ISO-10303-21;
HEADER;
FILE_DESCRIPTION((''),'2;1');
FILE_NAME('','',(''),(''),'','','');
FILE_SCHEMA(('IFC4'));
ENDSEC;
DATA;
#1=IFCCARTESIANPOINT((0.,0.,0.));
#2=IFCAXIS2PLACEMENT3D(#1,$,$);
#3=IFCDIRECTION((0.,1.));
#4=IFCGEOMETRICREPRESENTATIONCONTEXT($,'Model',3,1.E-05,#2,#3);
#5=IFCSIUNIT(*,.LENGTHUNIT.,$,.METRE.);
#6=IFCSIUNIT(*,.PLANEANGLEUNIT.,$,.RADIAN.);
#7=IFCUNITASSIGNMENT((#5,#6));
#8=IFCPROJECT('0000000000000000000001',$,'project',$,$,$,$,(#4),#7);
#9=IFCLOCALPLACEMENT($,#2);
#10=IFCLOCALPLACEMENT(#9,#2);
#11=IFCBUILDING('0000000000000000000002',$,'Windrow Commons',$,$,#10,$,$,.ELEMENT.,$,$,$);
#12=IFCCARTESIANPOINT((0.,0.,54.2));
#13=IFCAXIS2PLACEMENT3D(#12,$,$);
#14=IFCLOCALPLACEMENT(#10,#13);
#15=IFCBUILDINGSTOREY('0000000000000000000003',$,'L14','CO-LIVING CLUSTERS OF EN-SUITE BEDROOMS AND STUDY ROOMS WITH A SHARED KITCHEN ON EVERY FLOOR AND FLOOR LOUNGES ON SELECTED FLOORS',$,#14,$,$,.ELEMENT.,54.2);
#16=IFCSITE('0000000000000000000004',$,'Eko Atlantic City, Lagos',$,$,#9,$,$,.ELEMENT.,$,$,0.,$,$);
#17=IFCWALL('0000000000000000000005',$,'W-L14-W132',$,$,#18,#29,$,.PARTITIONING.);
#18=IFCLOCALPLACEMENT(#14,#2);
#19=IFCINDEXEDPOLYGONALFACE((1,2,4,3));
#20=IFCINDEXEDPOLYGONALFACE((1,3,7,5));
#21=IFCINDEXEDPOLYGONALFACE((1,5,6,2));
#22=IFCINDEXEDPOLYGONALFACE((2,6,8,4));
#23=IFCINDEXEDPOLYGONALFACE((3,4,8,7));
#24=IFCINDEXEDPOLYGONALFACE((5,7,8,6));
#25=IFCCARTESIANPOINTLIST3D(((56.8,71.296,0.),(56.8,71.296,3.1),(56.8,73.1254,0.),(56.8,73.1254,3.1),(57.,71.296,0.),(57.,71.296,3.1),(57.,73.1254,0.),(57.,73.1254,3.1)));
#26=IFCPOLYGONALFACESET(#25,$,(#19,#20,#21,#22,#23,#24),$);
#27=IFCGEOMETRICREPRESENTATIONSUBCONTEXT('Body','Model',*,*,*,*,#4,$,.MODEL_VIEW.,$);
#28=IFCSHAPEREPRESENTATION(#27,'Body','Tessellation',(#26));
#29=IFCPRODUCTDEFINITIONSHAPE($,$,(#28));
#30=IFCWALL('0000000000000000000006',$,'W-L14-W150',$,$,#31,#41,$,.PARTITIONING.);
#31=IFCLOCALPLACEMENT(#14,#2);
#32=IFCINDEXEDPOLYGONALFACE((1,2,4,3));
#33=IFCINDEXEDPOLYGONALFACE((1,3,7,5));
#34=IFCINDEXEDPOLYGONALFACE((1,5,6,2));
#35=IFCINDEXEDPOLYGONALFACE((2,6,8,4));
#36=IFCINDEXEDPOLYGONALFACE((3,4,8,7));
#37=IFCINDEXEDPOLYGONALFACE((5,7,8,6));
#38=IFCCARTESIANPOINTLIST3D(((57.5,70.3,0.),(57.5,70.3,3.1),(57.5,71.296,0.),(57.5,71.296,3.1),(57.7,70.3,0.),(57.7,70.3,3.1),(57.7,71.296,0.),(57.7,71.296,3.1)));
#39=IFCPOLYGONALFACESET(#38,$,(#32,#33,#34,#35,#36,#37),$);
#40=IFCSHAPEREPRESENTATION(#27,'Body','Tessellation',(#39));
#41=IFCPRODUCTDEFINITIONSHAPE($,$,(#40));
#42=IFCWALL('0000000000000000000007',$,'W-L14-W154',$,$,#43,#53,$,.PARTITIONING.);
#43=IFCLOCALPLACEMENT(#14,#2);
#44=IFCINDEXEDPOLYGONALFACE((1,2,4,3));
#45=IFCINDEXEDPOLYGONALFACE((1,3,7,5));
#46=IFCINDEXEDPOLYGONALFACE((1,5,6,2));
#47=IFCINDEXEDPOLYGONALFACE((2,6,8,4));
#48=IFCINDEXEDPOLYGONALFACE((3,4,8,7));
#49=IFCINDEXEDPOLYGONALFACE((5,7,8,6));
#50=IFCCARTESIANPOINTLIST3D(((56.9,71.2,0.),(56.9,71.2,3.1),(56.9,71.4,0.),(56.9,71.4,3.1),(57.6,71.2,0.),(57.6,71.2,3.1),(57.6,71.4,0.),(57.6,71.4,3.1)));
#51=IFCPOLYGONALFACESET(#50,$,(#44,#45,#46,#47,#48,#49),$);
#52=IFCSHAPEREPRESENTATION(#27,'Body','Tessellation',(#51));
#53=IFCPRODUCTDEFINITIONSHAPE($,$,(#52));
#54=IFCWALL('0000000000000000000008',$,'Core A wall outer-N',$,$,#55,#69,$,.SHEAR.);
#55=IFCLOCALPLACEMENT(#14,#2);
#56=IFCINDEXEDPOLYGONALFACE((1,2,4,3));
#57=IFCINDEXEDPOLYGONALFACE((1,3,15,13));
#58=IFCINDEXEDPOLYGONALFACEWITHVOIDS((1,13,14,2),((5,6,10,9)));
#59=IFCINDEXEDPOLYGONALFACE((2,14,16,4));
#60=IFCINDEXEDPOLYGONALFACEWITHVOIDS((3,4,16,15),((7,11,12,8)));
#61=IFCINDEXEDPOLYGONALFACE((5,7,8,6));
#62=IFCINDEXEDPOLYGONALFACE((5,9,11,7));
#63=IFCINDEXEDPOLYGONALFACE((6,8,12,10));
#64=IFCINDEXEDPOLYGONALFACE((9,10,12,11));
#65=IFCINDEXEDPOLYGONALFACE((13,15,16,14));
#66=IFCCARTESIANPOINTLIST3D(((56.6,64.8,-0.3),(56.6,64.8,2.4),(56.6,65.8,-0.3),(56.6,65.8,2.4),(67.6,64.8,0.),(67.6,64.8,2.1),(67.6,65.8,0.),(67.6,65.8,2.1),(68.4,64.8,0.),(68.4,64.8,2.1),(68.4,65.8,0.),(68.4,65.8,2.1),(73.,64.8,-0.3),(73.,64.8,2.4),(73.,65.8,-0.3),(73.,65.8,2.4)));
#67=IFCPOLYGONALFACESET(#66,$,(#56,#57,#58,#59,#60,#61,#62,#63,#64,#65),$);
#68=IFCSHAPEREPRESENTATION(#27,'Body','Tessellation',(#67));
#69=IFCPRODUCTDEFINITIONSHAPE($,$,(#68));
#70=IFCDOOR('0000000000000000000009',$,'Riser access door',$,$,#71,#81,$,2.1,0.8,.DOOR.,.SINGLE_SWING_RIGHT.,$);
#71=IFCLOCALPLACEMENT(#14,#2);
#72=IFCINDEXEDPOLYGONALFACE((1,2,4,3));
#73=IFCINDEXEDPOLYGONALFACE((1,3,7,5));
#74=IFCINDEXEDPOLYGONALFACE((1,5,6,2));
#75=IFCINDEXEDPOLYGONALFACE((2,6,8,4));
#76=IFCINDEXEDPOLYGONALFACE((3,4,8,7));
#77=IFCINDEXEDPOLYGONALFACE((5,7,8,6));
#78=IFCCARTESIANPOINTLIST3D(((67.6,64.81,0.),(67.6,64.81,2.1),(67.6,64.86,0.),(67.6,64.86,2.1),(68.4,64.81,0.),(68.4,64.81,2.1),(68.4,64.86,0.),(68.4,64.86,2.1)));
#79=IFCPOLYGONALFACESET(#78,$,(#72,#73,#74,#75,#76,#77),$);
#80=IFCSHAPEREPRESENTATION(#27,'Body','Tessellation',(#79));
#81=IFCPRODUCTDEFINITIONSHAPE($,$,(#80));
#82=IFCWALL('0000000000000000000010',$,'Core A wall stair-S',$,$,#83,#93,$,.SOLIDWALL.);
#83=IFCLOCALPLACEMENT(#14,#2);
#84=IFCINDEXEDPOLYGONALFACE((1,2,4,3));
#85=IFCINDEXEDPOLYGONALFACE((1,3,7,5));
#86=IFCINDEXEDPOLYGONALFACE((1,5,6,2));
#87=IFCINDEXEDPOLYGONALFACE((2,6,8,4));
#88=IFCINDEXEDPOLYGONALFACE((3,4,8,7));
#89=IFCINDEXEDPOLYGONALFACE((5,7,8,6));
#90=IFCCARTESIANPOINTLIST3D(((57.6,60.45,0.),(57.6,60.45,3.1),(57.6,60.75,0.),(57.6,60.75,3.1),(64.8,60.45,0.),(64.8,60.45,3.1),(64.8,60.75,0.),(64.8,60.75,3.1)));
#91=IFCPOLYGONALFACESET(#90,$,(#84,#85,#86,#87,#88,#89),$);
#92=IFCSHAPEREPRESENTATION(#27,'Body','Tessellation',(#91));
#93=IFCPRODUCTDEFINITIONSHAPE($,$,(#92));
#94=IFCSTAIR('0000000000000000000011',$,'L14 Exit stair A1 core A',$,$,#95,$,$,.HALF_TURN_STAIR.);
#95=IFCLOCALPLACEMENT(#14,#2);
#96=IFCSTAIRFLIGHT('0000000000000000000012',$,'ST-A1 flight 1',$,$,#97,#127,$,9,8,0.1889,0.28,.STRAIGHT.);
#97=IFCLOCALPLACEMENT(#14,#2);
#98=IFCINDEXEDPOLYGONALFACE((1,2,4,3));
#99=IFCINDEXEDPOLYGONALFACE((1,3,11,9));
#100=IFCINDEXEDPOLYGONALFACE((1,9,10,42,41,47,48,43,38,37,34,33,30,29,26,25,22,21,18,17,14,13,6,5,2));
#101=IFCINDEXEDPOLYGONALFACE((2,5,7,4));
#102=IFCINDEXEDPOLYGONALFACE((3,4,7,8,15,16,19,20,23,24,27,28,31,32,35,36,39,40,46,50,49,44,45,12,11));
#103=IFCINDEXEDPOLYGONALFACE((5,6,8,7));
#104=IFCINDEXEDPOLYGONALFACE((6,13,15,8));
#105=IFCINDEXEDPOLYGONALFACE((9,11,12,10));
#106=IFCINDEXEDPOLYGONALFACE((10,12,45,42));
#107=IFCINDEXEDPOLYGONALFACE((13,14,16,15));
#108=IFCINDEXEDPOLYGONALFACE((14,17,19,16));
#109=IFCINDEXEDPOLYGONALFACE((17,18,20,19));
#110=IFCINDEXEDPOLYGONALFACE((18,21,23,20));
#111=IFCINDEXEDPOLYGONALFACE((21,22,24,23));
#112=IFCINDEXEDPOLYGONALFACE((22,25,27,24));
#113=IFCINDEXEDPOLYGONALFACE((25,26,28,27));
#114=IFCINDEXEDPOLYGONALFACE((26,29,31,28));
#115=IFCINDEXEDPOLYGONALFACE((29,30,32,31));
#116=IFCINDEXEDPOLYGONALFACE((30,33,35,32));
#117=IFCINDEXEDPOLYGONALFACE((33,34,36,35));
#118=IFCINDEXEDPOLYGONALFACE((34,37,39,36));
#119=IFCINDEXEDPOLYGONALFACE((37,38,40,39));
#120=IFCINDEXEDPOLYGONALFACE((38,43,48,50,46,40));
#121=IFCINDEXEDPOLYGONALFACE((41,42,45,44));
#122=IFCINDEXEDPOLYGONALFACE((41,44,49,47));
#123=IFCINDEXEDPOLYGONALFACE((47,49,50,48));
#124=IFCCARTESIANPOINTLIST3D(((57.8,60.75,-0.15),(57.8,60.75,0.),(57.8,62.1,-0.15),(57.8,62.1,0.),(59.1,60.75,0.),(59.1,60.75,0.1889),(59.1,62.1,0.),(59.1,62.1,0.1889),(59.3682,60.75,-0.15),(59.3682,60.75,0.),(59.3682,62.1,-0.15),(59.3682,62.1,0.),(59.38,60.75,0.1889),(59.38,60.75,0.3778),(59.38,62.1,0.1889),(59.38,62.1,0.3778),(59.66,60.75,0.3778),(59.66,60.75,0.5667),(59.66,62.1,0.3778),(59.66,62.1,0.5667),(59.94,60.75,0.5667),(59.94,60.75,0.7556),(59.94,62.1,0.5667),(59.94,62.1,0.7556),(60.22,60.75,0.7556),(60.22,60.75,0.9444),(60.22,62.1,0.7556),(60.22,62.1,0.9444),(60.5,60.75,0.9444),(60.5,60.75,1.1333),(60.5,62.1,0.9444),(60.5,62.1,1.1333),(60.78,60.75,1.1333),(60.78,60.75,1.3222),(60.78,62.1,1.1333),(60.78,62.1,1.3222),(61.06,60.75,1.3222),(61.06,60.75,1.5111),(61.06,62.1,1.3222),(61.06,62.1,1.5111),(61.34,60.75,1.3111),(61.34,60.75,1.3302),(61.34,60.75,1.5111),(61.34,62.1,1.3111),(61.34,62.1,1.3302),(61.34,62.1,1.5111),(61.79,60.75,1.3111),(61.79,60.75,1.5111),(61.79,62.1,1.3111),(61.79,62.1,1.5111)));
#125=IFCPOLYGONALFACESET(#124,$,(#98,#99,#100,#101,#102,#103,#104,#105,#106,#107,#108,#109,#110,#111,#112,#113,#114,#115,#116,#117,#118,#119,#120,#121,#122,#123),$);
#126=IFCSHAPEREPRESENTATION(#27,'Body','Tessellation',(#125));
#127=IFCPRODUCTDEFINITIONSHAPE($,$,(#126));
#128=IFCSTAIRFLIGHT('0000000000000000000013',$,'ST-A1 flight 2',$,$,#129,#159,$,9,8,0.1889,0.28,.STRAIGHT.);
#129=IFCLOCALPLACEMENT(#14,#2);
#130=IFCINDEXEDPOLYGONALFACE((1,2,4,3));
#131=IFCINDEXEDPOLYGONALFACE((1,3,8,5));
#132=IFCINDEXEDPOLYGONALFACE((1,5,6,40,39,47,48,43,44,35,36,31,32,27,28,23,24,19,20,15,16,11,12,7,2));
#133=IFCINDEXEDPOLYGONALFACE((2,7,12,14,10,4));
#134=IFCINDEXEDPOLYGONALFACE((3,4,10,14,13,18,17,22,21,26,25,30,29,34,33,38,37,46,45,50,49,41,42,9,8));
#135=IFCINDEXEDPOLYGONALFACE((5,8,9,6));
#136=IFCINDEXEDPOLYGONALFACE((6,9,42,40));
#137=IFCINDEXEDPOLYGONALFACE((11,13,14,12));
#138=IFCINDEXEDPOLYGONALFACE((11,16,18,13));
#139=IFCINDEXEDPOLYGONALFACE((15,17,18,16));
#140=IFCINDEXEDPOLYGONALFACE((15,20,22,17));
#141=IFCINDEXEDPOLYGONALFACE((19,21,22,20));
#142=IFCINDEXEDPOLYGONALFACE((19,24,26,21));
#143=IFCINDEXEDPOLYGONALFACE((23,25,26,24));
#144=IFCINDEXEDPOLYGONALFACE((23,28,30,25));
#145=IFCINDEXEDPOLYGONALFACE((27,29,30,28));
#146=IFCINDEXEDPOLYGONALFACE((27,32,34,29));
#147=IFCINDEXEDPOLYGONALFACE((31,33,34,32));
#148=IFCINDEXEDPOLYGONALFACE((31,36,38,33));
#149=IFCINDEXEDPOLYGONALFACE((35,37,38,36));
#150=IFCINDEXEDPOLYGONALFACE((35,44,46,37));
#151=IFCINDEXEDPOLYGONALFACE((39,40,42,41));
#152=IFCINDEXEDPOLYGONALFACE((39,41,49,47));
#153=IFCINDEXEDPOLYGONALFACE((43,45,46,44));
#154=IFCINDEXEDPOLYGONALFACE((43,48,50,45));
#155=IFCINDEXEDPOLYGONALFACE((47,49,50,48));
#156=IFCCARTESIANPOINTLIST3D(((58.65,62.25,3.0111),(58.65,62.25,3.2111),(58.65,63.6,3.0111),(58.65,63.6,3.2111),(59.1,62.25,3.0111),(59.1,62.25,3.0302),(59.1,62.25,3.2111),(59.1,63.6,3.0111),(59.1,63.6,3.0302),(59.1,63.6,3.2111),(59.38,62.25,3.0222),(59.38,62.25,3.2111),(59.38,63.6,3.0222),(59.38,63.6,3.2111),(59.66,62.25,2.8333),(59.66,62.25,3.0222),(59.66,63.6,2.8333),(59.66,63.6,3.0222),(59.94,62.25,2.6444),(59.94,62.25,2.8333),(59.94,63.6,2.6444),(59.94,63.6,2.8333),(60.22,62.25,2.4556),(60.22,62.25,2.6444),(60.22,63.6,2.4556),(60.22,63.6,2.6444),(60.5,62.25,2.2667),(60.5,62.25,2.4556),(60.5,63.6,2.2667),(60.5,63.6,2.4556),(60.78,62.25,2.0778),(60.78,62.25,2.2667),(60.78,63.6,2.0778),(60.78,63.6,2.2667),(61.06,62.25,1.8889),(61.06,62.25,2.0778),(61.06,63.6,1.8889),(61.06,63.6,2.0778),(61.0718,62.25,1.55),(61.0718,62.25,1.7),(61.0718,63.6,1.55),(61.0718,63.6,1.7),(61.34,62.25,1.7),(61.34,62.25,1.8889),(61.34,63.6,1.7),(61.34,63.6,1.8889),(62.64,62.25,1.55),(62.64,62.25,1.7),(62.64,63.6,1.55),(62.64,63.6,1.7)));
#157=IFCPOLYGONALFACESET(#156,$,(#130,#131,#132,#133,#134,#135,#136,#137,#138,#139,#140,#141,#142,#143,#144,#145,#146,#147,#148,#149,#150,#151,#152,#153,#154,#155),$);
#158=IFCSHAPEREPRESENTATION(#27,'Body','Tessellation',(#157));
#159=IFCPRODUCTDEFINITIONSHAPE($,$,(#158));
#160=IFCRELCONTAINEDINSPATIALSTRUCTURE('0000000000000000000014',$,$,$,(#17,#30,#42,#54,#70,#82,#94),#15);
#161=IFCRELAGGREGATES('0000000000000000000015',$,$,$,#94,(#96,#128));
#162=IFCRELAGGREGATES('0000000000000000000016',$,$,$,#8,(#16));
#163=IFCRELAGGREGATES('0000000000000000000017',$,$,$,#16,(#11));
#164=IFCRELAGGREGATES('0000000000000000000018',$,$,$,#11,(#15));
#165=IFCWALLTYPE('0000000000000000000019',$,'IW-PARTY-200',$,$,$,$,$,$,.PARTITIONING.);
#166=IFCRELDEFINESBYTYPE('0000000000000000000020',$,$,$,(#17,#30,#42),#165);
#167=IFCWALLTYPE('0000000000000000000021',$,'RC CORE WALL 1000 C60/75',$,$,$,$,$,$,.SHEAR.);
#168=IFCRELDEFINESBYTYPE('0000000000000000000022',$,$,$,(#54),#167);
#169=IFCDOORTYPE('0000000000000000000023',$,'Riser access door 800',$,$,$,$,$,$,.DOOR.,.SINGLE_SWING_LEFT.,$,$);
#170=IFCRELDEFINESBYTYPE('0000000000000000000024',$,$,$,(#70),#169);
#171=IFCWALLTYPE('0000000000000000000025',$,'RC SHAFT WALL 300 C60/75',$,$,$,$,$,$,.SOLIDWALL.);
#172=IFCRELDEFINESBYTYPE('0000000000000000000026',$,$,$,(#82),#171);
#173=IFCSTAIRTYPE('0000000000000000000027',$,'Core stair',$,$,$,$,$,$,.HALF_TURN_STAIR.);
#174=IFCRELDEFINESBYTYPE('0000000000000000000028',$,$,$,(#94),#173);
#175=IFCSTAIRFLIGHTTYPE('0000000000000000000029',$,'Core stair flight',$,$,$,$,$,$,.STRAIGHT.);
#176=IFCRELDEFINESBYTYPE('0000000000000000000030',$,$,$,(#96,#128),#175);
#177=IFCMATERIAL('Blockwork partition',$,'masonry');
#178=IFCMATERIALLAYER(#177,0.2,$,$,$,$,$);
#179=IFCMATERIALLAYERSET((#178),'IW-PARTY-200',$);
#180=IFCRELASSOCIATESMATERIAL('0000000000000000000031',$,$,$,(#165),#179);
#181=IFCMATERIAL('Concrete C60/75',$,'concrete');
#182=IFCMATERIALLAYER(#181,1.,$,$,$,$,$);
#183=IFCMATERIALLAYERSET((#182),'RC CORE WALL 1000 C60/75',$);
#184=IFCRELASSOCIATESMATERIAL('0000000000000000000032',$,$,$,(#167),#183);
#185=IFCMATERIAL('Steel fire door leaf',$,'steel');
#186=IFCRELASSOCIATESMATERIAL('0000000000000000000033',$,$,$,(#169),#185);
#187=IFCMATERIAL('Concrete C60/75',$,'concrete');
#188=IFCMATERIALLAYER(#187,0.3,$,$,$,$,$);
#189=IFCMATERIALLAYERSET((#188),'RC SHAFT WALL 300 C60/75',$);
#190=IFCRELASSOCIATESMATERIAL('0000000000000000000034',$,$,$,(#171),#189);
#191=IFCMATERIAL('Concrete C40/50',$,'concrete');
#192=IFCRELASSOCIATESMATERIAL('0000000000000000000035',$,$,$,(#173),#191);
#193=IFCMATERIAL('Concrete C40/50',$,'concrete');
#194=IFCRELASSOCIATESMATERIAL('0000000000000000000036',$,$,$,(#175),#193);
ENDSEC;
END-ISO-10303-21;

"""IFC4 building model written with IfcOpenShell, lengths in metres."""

from ifc_helpers import new_model, si_unit, direction, frame, frame_2d, origin, place, context, subcontext, project, spatial, polyline, rectangle, outline, extrude, material, layer, layer_set, type_object, element, fill, aggregate, save


model = new_model("IFC4")

# Units and contexts
model_context = context("Model", 3, precision=1e-05, world=origin(), true_north=direction((0.0, 1.0)))
body_context = subcontext(model_context, "Body", "Model", "MODEL_VIEW")
ifc_project = project(units=[si_unit("LENGTHUNIT", "METRE"), si_unit("PLANEANGLEUNIT", "RADIAN")], contexts=[model_context])

# Site, building, storey
site_placement = place(None, origin())
site = spatial("IfcSite", under=ifc_project, at=site_placement, Name="Eko Atlantic City, Lagos", CompositionType="ELEMENT", RefElevation=0.0)
building_placement = place(site_placement, origin())
building = spatial("IfcBuilding", under=site, at=building_placement, Name="Windrow Commons", CompositionType="ELEMENT")
storey_placement = place(building_placement, frame((0.0, 0.0, 54.2)))
storey = spatial("IfcBuildingStorey", under=building, at=storey_placement, Name="L14", Description="CO-LIVING CLUSTERS OF EN-SUITE BEDROOMS AND STUDY ROOMS WITH A SHARED KITCHEN ON EVERY FLOOR AND FLOOR LOUNGES ON SELECTED FLOORS", CompositionType="ELEMENT", Elevation=54.2)

# Walls
ifc_material_1 = material(Name="Blockwork partition", Category="masonry")
ifc_layer_1 = layer(ifc_material_1, 0.2)
ifc_layer_set_1 = layer_set([ifc_layer_1], Name="IW-PARTY-200")
wall_type_1 = type_object("IfcWallType", Name="IW-PARTY-200", PredefinedType="PARTITIONING", material=ifc_layer_set_1)
wall_1_placement = place(storey_placement, frame((56.9, 71.296, 0.0), z_axis=(0.0, 0.0, 1.0), x_axis=(0.0, 1.0, 0.0)))
element("IfcWall", 1, at=wall_1_placement, inside=storey, type_object=wall_type_1, Name="W-L14-W132", PredefinedType="PARTITIONING", context=body_context, shape_type="SweptSolid", body=[
    extrude(rectangle(XDim=1.8295, YDim=0.2, at=frame_2d((0.9147, 0.0))), origin(), (0.0, 0.0, 1.0), 3.1),
])
wall_2_placement = place(storey_placement, frame((57.6, 70.3, 0.0), z_axis=(0.0, 0.0, 1.0), x_axis=(0.0, 1.0, 0.0)))
element("IfcWall", 2, at=wall_2_placement, inside=storey, type_object=wall_type_1, Name="W-L14-W150", PredefinedType="PARTITIONING", context=body_context, shape_type="SweptSolid", body=[
    extrude(rectangle(XDim=0.996, YDim=0.2, at=frame_2d((0.498, 0.0))), origin(), (0.0, 0.0, 1.0), 3.1),
])
wall_3_placement = place(storey_placement, frame((56.9, 71.3, 0.0), z_axis=(0.0, 0.0, 1.0), x_axis=(1.0, 0.0, 0.0)))
element("IfcWall", 3, at=wall_3_placement, inside=storey, type_object=wall_type_1, Name="W-L14-W154", PredefinedType="PARTITIONING", context=body_context, shape_type="SweptSolid", body=[
    extrude(rectangle(XDim=0.7, YDim=0.2, at=frame_2d((0.35, 0.0))), origin(), (0.0, 0.0, 1.0), 3.1),
])

# Wall, opening, door
ifc_material_2 = material(Name="Concrete C60/75", Category="concrete")
ifc_layer_2 = layer(ifc_material_2, 1.0)
ifc_layer_set_2 = layer_set([ifc_layer_2], Name="RC CORE WALL 1000 C60/75")
wall_type_2 = type_object("IfcWallType", Name="RC CORE WALL 1000 C60/75", PredefinedType="SHEAR", material=ifc_layer_set_2)
wall_4_placement = place(storey_placement, frame((56.6, 65.3, -0.3), z_axis=(0.0, 0.0, 1.0), x_axis=(1.0, 0.0, 0.0)))
wall_4 = element("IfcWall", 4, at=wall_4_placement, inside=storey, type_object=wall_type_2, Name="Core A wall outer-N", PredefinedType="SHEAR", context=body_context, shape_type="SweptSolid", body=[
    extrude(rectangle(XDim=16.4, YDim=1.0, at=frame_2d((8.2, 0.0))), origin(), (0.0, 0.0, 1.0), 2.7),
])
opening_1_placement = place(wall_4_placement, frame((11.0, 0.0, 0.3)))
opening_1 = element("IfcOpeningElement", 5, at=opening_1_placement, cuts=wall_4, PredefinedType="OPENING", context=body_context, shape_type="SweptSolid", body=[
    extrude(rectangle(XDim=0.8, YDim=2.1, at=frame_2d((0.4, 1.05))), frame((0.0, 0.51, 0.0), z_axis=(0.0, -1.0, 0.0), x_axis=(1.0, 0.0, 0.0)), (0.0, 0.0, 1.0), 1.02),
])
ifc_material_3 = material(Name="Steel fire door leaf", Category="steel")
door_type_1 = type_object("IfcDoorType", Name="Riser access door 800", OperationType="SINGLE_SWING_LEFT", PredefinedType="DOOR", material=ifc_material_3)
door_1_placement = place(opening_1_placement, origin())
door_1 = element("IfcDoor", 6, at=door_1_placement, inside=storey, type_object=door_type_1, Name="Riser access door", OperationType="SINGLE_SWING_RIGHT", OverallHeight=2.1, OverallWidth=0.8, PredefinedType="DOOR", context=body_context, shape_type="SweptSolid", body=[
    extrude(rectangle(XDim=0.8, YDim=2.1, at=frame_2d((0.4, 1.05))), frame((0.0, -0.44, 0.0), z_axis=(0.0, -1.0, 0.0), x_axis=(1.0, 0.0, 0.0)), (0.0, 0.0, 1.0), 0.05),
])
fill(opening_1, door_1)

# Wall
ifc_material_4 = material(Name="Concrete C60/75", Category="concrete")
ifc_layer_3 = layer(ifc_material_4, 0.3)
ifc_layer_set_3 = layer_set([ifc_layer_3], Name="RC SHAFT WALL 300 C60/75")
wall_type_3 = type_object("IfcWallType", Name="RC SHAFT WALL 300 C60/75", PredefinedType="SOLIDWALL", material=ifc_layer_set_3)
wall_5_placement = place(storey_placement, frame((57.6, 60.6, 0.0), z_axis=(0.0, 0.0, 1.0), x_axis=(1.0, 0.0, 0.0)))
element("IfcWall", 7, at=wall_5_placement, inside=storey, type_object=wall_type_3, Name="Core A wall stair-S", PredefinedType="SOLIDWALL", context=body_context, shape_type="SweptSolid", body=[
    extrude(rectangle(XDim=7.2, YDim=0.3, at=frame_2d((3.6, 0.0))), origin(), (0.0, 0.0, 1.0), 3.1),
])

# Stair, stair flights
ifc_material_5 = material(Name="Concrete C40/50", Category="concrete")
stair_type = type_object("IfcStairType", Name="Core stair", PredefinedType="HALF_TURN_STAIR", material=ifc_material_5)
stair_placement = place(storey_placement, origin())
stair = element("IfcStair", 8, at=stair_placement, inside=storey, type_object=stair_type, Name="L14 Exit stair A1 core A", PredefinedType="HALF_TURN_STAIR")
ifc_material_6 = material(Name="Concrete C40/50", Category="concrete")
stair_flight_type = type_object("IfcStairFlightType", Name="Core stair flight", PredefinedType="STRAIGHT", material=ifc_material_6)
stair_flight_1_placement = place(storey_placement, frame((59.1, 61.425, 0.0), z_axis=(0.0, 0.0, 1.0), x_axis=(1.0, 0.0, 0.0)))
stair_flight_1 = element("IfcStairFlight", 9, at=stair_flight_1_placement, type_object=stair_flight_type, Name="ST-A1 flight 1", NumberOfRisers=9, NumberOfTreads=8, PredefinedType="STRAIGHT", RiserHeight=0.1889, TreadLength=0.28, context=body_context, shape_type="SweptSolid", body=[
    extrude(outline(polyline([(-1.3, -0.15), (-1.3, 0.0), (0.0, 0.0), (0.0, 0.1889), (0.28, 0.1889), (0.28, 0.3778), (0.56, 0.3778), (0.56, 0.5667), (0.84, 0.5667), (0.84, 0.7556), (1.12, 0.7556), (1.12, 0.9444), (1.4, 0.9444), (1.4, 1.1333), (1.68, 1.1333), (1.68, 1.3222), (1.96, 1.3222), (1.96, 1.5111), (2.24, 1.5111), (2.69, 1.5111), (2.69, 1.3111), (2.24, 1.3111), (2.24, 1.3302), (0.2682, 0.0), (0.2682, -0.15), (-1.3, -0.15)])), frame((0.0, 0.675, 0.0), z_axis=(0.0, -1.0, 0.0), x_axis=(1.0, 0.0, 0.0)), (0.0, 0.0, 1.0), 1.35),
])
stair_flight_2_placement = place(storey_placement, frame((61.34, 62.925, 1.7), z_axis=(0.0, 0.0, 1.0), x_axis=(-1.0, 0.0, 0.0)))
stair_flight_2 = element("IfcStairFlight", 10, at=stair_flight_2_placement, type_object=stair_flight_type, Name="ST-A1 flight 2", NumberOfRisers=9, NumberOfTreads=8, PredefinedType="STRAIGHT", RiserHeight=0.1889, TreadLength=0.28, context=body_context, shape_type="SweptSolid", body=[
    extrude(outline(polyline([(-1.3, -0.15), (-1.3, 0.0), (0.0, 0.0), (0.0, 0.1889), (0.28, 0.1889), (0.28, 0.3778), (0.56, 0.3778), (0.56, 0.5667), (0.84, 0.5667), (0.84, 0.7556), (1.12, 0.7556), (1.12, 0.9444), (1.4, 0.9444), (1.4, 1.1333), (1.68, 1.1333), (1.68, 1.3222), (1.96, 1.3222), (1.96, 1.5111), (2.24, 1.5111), (2.69, 1.5111), (2.69, 1.3111), (2.24, 1.3111), (2.24, 1.3302), (0.2682, 0.0), (0.2682, -0.15), (-1.3, -0.15)])), frame((0.0, 0.675, 0.0), z_axis=(0.0, -1.0, 0.0), x_axis=(1.0, 0.0, 0.0)), (0.0, 0.0, 1.0), 1.35),
])
aggregate(stair, [stair_flight_1, stair_flight_2])

save(model, "model.ifc")
